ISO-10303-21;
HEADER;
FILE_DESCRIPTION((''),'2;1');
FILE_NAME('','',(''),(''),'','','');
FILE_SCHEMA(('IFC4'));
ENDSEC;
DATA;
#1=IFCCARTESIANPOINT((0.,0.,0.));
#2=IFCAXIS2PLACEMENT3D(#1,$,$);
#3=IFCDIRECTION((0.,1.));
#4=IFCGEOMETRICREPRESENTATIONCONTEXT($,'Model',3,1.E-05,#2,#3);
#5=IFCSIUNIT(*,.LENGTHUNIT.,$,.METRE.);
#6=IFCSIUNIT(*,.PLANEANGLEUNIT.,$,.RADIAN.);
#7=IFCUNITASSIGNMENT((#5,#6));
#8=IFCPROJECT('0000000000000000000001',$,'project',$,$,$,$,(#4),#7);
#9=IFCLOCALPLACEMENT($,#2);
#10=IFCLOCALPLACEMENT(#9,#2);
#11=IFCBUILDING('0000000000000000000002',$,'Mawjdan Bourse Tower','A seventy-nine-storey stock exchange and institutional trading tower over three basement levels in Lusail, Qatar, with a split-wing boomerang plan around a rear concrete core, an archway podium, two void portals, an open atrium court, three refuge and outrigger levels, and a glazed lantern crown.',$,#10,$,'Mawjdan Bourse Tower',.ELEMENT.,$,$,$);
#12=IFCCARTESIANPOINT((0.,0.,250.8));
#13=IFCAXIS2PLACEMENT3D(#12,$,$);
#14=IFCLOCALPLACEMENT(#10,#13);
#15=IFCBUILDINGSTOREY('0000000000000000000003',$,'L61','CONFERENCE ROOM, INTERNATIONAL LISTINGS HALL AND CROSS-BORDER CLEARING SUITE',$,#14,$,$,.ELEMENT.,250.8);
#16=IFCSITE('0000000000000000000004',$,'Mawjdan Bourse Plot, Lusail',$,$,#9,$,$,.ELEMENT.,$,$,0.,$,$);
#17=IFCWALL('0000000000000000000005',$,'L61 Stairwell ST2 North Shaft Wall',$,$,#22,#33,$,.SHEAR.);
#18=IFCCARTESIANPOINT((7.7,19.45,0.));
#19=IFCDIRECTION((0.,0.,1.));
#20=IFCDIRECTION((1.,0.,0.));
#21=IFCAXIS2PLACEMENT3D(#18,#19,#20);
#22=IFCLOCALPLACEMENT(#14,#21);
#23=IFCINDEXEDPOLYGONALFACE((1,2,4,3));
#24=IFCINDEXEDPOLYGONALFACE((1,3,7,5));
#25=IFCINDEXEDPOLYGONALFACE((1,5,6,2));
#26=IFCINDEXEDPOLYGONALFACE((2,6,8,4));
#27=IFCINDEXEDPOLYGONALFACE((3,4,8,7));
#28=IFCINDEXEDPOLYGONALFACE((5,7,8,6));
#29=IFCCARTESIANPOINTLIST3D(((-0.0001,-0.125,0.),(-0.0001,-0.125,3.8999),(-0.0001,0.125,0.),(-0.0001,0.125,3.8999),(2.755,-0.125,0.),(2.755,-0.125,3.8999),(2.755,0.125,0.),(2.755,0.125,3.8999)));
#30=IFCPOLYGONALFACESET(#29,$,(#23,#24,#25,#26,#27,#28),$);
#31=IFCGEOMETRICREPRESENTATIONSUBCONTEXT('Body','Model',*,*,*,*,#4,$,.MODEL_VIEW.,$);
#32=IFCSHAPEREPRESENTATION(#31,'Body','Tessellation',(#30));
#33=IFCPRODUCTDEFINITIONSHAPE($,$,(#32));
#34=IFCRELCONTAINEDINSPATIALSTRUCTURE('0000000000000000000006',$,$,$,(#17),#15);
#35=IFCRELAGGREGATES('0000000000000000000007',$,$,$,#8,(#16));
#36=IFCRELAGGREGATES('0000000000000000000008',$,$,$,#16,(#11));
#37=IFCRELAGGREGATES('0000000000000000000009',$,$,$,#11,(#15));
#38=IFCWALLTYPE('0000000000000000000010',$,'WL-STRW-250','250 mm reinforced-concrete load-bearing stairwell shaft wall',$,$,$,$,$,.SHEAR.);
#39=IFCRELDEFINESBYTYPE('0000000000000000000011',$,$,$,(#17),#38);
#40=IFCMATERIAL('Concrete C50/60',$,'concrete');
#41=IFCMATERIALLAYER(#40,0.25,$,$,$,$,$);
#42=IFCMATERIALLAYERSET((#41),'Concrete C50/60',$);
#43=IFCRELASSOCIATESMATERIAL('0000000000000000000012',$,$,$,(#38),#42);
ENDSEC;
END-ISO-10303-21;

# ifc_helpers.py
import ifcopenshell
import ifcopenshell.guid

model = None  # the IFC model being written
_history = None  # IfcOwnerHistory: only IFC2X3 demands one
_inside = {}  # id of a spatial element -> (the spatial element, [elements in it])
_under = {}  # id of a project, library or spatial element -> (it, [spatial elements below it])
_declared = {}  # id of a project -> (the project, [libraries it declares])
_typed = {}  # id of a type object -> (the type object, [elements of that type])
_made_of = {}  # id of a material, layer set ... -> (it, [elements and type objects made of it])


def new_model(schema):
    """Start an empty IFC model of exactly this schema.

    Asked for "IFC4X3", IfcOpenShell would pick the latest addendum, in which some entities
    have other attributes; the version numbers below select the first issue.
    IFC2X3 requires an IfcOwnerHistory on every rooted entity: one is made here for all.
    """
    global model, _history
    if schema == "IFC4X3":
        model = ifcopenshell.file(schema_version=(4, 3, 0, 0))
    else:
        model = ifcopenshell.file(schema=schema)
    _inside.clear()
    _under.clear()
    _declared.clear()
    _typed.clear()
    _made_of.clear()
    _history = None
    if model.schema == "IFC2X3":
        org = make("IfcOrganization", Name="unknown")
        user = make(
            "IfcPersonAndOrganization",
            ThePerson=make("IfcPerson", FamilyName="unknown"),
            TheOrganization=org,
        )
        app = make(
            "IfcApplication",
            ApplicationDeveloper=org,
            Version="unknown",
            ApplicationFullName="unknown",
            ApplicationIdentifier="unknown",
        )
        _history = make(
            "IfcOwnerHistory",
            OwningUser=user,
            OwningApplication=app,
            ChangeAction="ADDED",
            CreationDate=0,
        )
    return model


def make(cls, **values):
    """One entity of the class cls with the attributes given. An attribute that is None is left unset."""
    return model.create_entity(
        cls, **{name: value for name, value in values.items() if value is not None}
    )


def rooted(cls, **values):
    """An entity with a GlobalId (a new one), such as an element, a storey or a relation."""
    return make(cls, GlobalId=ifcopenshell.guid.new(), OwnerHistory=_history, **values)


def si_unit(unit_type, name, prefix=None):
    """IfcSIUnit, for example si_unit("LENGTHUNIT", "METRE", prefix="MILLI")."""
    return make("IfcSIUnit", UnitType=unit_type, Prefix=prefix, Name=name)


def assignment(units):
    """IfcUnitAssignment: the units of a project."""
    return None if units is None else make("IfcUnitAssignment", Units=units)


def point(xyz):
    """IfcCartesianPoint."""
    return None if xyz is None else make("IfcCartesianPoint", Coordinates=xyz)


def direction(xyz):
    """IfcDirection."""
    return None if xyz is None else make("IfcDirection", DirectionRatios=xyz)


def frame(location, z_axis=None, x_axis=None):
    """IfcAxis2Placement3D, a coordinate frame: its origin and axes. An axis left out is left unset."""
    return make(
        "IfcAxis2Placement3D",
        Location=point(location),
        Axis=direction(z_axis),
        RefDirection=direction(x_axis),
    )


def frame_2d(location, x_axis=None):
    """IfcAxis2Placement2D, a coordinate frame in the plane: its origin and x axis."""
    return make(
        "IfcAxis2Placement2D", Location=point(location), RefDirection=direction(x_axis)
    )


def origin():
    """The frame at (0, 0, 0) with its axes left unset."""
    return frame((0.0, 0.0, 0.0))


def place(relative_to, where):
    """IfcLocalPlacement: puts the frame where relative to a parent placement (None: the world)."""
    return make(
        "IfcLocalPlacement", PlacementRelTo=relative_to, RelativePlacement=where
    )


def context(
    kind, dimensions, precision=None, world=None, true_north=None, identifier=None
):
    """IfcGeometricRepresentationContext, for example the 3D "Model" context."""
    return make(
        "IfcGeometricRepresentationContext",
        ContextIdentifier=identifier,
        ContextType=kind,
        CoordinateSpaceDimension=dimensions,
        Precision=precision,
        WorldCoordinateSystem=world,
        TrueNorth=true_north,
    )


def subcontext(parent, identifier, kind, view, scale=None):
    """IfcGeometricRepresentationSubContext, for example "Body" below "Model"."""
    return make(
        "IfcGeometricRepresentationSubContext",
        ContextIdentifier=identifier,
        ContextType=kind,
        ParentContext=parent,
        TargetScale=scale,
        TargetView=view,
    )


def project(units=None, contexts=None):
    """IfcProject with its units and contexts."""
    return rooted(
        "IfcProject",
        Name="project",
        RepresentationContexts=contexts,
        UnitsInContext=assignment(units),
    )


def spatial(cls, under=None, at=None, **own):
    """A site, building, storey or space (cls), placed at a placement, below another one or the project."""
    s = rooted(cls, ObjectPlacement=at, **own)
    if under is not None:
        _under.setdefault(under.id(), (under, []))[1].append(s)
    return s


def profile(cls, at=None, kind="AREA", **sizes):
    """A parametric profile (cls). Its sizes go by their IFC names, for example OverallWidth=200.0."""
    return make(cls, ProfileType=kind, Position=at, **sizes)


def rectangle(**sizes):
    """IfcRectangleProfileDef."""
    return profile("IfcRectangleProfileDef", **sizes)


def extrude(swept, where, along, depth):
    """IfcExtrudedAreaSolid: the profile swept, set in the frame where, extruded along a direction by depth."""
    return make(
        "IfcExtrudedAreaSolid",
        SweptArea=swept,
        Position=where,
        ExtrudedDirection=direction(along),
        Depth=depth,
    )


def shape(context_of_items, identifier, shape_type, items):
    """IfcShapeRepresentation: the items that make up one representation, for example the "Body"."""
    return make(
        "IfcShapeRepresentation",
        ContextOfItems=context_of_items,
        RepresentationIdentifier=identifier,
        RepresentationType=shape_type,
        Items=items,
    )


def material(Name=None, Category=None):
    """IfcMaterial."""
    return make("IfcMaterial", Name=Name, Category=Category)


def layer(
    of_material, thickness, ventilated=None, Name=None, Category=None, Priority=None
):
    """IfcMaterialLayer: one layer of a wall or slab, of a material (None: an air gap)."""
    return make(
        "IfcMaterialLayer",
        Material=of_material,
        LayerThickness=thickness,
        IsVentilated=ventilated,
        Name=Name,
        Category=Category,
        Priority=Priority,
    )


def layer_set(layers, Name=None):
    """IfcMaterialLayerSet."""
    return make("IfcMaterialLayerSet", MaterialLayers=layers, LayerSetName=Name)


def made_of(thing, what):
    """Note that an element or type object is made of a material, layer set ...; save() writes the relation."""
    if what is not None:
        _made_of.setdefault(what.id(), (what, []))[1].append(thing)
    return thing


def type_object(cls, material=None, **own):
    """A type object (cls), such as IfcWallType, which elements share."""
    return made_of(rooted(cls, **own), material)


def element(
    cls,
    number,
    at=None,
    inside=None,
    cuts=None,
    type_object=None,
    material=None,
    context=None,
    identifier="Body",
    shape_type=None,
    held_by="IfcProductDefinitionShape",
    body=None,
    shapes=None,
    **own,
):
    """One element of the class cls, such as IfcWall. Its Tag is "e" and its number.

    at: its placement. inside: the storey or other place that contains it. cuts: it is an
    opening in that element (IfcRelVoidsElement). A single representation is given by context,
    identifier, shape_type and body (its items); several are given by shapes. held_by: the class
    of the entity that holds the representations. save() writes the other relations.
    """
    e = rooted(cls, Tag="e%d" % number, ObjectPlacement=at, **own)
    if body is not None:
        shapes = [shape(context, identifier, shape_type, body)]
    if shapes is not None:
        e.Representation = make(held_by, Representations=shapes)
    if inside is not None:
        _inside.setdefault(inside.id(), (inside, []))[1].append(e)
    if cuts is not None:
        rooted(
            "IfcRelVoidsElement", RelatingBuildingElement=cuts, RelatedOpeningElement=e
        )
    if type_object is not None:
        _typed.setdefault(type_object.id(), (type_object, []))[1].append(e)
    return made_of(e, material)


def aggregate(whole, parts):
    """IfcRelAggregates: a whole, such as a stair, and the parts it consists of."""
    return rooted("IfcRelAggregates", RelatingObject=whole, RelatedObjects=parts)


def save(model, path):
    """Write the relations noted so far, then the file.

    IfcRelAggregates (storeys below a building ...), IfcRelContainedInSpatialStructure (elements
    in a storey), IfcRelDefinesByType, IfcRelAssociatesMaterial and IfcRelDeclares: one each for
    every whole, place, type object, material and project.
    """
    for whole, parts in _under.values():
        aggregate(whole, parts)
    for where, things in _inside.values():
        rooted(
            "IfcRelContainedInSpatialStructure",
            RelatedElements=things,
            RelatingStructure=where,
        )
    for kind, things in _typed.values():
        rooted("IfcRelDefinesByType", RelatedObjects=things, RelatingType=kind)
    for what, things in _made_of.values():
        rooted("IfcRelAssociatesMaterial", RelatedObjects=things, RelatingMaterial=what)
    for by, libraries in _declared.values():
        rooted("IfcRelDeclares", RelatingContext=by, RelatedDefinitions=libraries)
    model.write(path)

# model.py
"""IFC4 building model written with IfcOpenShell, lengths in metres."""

from ifc_helpers import new_model, si_unit, direction, frame, frame_2d, origin, place, context, subcontext, project, spatial, rectangle, extrude, material, layer, layer_set, type_object, element, save


model = new_model("IFC4")

# Units and contexts
model_context = context("Model", 3, precision=1e-05, world=origin(), true_north=direction((0.0, 1.0)))
body_context = subcontext(model_context, "Body", "Model", "MODEL_VIEW")
ifc_project = project(units=[si_unit("LENGTHUNIT", "METRE"), si_unit("PLANEANGLEUNIT", "RADIAN")], contexts=[model_context])

# Site, building, storey
site_placement = place(None, origin())
site = spatial("IfcSite", under=ifc_project, at=site_placement, Name="Mawjdan Bourse Plot, Lusail", CompositionType="ELEMENT", RefElevation=0.0)
building_placement = place(site_placement, origin())
building = spatial("IfcBuilding", under=site, at=building_placement, Name="Mawjdan Bourse Tower", Description="A seventy-nine-storey stock exchange and institutional trading tower over three basement levels in Lusail, Qatar, with a split-wing boomerang plan around a rear concrete core, an archway podium, two void portals, an open atrium court, three refuge and outrigger levels, and a glazed lantern crown.", LongName="Mawjdan Bourse Tower", CompositionType="ELEMENT")
storey_placement = place(building_placement, frame((0.0, 0.0, 250.8)))
storey = spatial("IfcBuildingStorey", under=building, at=storey_placement, Name="L61", Description="CONFERENCE ROOM, INTERNATIONAL LISTINGS HALL AND CROSS-BORDER CLEARING SUITE", CompositionType="ELEMENT", Elevation=250.8)

# Wall
ifc_material_1 = material(Name="Concrete C50/60", Category="concrete")
ifc_layer_1 = layer(ifc_material_1, 0.25)
ifc_layer_set_1 = layer_set([ifc_layer_1], Name="Concrete C50/60")
wall_type_1 = type_object("IfcWallType", Name="WL-STRW-250", Description="250 mm reinforced-concrete load-bearing stairwell shaft wall", PredefinedType="SHEAR", material=ifc_layer_set_1)
wall_1_placement = place(storey_placement, frame((7.7, 19.45, 0.0), z_axis=(0.0, 0.0, 1.0), x_axis=(1.0, 0.0, 0.0)))
element("IfcWall", 1, at=wall_1_placement, inside=storey, type_object=wall_type_1, Name="L61 Stairwell ST2 North Shaft Wall", PredefinedType="SHEAR", context=body_context, shape_type="SweptSolid", body=[
    extrude(rectangle(XDim=2.7551, YDim=0.25, at=frame_2d((1.3774, 0.0))), origin(), (0.0, 0.0, 1.0), 3.8999),
])

save(model, "model.ifc")
